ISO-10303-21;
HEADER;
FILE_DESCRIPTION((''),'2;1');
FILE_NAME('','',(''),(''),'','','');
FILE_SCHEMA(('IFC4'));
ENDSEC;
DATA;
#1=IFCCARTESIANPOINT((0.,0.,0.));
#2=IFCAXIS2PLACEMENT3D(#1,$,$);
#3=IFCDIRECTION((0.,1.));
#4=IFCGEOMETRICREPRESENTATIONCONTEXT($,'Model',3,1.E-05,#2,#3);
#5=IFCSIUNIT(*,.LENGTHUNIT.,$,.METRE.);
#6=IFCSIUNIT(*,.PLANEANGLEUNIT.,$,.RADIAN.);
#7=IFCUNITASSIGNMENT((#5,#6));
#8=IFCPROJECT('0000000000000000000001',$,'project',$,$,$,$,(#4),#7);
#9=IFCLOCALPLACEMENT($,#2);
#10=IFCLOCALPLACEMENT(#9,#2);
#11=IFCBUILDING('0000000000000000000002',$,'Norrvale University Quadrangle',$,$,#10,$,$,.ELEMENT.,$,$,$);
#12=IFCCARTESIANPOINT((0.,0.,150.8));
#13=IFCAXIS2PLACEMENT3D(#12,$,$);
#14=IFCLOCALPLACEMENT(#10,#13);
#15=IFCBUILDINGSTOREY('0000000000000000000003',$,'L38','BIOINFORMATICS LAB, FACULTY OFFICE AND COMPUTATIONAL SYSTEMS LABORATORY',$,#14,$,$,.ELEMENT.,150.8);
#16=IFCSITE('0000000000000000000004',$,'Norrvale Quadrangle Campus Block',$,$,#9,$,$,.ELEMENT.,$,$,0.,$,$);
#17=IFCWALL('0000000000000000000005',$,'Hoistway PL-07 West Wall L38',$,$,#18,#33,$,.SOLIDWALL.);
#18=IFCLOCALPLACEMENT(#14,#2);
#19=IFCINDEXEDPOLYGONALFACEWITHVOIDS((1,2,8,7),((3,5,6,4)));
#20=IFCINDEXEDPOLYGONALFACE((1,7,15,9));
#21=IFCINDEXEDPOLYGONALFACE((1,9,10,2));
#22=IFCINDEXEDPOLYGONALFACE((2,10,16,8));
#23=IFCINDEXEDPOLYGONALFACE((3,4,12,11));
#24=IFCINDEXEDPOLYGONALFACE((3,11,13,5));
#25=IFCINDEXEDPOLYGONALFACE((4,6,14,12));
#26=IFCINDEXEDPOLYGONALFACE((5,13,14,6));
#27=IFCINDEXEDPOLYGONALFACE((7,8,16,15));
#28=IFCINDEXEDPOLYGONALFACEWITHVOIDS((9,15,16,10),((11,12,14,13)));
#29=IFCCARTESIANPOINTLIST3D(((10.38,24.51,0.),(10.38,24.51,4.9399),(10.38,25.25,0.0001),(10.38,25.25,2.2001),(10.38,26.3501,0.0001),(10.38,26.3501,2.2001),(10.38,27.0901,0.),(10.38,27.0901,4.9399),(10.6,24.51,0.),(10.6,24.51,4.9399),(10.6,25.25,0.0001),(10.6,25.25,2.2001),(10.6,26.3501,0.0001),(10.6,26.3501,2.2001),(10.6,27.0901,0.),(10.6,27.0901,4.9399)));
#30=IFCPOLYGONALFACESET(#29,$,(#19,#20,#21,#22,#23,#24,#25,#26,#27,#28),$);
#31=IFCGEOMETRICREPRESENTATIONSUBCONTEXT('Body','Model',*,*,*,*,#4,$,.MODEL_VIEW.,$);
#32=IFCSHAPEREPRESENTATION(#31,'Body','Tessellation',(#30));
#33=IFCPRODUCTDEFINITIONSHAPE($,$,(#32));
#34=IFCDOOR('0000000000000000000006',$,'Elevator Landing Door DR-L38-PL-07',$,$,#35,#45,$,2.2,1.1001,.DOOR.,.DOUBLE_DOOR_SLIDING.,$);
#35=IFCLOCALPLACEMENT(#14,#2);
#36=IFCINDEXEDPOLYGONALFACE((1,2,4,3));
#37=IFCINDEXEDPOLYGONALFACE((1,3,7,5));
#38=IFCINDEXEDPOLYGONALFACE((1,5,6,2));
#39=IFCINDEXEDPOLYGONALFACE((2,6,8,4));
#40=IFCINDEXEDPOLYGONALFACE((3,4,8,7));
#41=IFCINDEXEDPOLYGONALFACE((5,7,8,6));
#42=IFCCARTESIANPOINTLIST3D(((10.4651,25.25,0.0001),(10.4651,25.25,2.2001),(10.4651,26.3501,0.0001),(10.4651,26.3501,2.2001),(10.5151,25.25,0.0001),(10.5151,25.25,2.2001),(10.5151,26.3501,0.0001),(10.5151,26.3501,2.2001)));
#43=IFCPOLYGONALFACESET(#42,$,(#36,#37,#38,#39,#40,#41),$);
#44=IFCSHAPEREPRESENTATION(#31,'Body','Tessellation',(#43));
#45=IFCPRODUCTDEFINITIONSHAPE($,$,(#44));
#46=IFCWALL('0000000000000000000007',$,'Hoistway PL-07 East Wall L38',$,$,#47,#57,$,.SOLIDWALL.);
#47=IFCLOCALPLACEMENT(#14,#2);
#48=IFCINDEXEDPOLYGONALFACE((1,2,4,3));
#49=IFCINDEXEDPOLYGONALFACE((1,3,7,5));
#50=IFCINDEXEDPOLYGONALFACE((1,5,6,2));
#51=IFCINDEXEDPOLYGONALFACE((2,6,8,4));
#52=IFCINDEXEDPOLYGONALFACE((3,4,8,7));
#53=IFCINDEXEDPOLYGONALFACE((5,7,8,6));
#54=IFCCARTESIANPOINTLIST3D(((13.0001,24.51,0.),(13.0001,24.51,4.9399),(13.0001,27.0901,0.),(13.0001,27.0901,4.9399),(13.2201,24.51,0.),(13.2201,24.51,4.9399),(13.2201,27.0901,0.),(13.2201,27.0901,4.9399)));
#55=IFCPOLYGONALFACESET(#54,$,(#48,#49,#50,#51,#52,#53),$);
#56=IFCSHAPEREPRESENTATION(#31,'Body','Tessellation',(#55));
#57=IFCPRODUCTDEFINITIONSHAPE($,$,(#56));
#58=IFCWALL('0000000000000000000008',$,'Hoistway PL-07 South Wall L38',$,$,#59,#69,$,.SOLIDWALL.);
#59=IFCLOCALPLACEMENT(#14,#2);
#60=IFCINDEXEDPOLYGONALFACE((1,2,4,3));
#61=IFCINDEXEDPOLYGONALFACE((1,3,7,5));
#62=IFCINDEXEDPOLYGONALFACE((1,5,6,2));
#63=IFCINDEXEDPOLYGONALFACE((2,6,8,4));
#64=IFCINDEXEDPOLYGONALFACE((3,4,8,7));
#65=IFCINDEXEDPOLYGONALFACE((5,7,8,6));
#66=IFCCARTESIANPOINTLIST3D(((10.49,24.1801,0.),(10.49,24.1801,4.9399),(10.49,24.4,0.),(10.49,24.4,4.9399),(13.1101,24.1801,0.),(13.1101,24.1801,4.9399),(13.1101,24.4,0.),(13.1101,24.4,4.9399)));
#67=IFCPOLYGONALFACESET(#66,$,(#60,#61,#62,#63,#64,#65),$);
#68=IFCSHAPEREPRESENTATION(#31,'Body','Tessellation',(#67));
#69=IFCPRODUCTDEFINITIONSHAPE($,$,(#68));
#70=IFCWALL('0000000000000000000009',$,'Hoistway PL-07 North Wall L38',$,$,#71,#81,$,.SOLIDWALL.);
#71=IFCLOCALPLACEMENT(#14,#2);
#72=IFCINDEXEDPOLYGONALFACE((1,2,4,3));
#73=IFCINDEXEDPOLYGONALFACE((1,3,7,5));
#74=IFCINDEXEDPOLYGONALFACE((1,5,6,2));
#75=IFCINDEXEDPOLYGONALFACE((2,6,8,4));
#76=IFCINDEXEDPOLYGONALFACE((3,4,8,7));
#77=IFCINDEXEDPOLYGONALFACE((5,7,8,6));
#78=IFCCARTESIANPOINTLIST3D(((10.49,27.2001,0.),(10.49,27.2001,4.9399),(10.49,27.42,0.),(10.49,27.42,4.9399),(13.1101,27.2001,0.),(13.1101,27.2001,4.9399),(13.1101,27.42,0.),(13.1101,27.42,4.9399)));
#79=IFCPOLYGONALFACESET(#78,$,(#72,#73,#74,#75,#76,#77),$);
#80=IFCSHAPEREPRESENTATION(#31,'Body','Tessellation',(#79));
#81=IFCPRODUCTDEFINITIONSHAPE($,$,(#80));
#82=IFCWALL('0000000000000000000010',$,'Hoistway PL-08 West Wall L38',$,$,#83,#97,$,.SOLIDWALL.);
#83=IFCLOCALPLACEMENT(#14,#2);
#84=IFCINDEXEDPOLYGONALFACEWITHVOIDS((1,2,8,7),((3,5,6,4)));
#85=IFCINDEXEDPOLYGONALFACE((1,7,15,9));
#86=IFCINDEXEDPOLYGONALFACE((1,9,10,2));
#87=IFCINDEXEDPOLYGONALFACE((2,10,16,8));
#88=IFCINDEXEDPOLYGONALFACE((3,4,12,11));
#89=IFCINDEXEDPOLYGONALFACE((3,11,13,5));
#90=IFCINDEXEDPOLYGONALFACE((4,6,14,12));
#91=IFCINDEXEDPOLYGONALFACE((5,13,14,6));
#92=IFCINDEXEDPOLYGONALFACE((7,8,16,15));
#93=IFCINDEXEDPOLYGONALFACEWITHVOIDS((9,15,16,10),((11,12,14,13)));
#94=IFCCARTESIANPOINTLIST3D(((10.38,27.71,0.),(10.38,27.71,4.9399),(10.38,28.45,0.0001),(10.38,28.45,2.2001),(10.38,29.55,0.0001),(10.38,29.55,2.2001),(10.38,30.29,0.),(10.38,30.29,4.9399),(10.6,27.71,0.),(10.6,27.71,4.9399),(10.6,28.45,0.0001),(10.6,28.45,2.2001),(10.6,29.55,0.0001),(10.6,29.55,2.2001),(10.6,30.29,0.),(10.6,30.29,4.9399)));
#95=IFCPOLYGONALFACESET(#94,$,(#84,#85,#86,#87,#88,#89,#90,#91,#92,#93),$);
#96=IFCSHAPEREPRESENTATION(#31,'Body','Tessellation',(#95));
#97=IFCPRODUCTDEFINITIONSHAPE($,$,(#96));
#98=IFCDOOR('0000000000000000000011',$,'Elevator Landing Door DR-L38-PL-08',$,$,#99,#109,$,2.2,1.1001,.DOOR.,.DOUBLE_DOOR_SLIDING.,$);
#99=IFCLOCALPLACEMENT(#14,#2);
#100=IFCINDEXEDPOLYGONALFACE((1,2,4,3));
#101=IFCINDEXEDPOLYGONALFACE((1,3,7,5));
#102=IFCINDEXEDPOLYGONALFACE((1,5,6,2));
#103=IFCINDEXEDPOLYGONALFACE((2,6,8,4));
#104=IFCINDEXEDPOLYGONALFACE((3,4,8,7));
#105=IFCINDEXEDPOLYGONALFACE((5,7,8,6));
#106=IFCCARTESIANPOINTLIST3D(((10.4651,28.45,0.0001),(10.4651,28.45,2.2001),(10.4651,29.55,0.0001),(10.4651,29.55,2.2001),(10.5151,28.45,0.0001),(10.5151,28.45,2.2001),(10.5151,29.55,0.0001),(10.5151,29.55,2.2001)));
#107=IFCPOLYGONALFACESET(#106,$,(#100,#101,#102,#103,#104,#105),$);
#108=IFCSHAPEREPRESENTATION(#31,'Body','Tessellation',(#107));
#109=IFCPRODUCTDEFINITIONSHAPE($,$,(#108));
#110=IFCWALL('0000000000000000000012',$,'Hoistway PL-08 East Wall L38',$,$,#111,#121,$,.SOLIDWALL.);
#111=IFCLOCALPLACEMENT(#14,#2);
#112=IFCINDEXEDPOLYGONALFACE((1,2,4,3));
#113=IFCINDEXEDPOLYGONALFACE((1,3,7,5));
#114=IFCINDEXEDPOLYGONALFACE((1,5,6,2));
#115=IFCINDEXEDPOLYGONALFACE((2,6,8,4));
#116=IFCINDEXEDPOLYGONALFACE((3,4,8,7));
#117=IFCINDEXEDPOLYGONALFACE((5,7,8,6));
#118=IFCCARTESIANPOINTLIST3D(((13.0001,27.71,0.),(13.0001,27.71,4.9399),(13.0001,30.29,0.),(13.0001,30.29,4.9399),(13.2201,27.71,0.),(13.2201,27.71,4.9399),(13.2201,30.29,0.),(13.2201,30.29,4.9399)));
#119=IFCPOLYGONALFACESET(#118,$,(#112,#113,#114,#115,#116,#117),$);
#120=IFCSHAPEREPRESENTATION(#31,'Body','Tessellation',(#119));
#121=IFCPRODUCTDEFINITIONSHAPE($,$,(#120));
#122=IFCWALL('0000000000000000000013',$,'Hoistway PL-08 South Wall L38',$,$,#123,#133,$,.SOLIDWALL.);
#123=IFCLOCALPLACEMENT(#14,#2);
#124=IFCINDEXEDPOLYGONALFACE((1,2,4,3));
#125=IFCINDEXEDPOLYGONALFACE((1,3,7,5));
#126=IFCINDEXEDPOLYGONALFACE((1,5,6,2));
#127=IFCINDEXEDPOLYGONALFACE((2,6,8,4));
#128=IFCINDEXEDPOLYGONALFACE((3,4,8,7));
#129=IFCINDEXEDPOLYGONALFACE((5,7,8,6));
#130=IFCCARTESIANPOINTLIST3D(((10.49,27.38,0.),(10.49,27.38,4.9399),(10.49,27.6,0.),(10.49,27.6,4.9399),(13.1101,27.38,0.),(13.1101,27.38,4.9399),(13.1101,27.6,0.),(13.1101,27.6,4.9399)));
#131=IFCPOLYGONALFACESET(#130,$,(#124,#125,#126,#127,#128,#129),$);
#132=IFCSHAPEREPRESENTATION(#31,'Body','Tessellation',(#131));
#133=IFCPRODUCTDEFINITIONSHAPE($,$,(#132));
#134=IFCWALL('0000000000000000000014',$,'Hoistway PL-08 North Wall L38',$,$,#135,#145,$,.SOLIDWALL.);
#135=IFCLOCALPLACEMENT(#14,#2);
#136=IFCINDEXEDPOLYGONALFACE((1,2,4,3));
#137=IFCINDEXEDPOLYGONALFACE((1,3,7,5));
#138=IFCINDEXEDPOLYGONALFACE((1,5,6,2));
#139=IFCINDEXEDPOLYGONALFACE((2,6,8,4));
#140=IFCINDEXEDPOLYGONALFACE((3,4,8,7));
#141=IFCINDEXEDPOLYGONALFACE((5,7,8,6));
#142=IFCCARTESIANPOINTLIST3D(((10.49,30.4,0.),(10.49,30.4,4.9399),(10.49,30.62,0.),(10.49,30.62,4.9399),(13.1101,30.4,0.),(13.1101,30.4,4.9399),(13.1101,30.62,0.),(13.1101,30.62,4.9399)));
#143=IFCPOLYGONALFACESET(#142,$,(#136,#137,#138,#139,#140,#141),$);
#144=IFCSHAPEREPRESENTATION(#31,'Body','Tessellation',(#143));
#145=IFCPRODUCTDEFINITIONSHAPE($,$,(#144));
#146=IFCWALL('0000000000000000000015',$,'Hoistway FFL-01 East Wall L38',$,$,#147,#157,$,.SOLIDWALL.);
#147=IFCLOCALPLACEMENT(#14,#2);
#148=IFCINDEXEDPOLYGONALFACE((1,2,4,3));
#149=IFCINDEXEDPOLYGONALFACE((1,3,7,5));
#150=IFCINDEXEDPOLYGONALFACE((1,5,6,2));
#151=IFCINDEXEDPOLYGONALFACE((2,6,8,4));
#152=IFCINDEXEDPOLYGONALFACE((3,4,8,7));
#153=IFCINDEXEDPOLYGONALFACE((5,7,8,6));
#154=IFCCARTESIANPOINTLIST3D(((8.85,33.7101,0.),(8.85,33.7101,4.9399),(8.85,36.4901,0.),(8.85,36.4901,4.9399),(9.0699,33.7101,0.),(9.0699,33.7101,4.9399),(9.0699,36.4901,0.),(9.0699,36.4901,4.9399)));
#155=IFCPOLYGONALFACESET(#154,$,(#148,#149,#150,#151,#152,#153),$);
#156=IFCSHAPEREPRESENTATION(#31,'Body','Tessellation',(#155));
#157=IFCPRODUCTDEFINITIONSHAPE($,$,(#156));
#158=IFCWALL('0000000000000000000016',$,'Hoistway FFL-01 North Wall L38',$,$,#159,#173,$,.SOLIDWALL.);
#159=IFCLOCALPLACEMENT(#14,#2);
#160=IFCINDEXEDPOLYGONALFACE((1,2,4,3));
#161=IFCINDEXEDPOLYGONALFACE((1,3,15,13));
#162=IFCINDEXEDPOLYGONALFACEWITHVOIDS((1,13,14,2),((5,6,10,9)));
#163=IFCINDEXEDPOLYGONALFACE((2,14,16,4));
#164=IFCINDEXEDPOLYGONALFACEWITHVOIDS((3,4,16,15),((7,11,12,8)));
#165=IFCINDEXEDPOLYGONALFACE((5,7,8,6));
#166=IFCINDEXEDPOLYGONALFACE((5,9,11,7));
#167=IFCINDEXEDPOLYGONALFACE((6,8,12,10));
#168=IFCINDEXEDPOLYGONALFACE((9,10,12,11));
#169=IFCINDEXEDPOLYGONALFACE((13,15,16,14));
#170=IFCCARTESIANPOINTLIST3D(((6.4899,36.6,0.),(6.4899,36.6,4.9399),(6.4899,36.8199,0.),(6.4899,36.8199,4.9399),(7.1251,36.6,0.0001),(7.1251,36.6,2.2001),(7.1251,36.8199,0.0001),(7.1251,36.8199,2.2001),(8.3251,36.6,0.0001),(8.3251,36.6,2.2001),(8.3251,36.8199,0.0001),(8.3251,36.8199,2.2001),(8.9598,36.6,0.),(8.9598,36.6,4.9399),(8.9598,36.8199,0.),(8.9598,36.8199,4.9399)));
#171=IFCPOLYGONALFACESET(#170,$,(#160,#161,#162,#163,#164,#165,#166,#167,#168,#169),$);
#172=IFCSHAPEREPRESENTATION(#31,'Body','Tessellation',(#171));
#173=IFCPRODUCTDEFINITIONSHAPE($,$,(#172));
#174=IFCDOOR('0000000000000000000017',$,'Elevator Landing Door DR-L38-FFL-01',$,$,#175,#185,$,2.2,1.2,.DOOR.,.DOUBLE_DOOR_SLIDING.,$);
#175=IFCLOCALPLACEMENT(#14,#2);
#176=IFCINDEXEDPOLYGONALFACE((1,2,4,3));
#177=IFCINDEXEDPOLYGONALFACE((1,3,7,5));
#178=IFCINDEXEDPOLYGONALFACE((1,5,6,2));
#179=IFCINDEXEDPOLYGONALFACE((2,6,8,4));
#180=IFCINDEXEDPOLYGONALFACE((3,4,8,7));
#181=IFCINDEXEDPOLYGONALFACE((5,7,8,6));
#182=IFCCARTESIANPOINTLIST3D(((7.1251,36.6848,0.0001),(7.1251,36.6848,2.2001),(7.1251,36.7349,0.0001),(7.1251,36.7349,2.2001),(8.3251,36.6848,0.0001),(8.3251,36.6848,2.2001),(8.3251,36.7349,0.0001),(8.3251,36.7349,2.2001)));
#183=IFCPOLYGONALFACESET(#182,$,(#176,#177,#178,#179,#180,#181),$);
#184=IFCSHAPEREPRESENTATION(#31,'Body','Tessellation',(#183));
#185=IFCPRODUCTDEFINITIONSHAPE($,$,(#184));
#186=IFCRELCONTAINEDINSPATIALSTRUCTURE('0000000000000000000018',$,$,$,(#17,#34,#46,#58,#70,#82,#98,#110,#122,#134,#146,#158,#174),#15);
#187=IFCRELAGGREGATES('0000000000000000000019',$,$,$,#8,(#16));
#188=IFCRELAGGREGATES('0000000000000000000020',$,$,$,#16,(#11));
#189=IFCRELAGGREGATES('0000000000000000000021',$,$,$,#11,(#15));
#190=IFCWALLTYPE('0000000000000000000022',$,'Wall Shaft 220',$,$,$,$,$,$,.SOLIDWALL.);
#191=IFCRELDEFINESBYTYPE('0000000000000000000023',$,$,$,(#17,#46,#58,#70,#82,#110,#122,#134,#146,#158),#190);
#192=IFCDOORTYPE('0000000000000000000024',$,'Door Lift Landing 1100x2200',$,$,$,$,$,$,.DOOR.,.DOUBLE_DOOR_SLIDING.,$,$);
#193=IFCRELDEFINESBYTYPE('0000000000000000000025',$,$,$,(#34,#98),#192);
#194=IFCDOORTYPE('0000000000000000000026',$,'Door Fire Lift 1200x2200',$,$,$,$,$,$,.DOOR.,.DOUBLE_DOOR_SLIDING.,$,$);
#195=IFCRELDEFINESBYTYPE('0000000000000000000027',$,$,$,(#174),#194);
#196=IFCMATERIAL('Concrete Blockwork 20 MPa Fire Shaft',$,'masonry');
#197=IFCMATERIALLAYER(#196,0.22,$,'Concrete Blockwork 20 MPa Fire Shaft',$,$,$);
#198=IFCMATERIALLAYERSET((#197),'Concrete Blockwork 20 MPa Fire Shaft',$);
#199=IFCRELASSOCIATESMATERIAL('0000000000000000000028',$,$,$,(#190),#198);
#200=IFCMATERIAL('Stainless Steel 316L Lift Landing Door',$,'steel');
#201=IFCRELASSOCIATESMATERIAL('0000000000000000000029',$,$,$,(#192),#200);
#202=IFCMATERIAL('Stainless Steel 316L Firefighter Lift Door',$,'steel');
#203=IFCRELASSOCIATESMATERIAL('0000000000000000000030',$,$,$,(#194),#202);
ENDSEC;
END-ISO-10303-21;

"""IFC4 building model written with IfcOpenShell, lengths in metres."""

from ifc_helpers import new_model, si_unit, direction, frame, frame_2d, origin, place, context, subcontext, project, spatial, rectangle, extrude, material, layer, layer_set, type_object, element, fill, save


model = new_model("IFC4")

# Units and contexts
model_context = context("Model", 3, precision=1e-05, world=origin(), true_north=direction((0.0, 1.0)))
body_context = subcontext(model_context, "Body", "Model", "MODEL_VIEW")
ifc_project = project(units=[si_unit("LENGTHUNIT", "METRE"), si_unit("PLANEANGLEUNIT", "RADIAN")], contexts=[model_context])

# Site, building, storey
site_placement = place(None, origin())
site = spatial("IfcSite", under=ifc_project, at=site_placement, Name="Norrvale Quadrangle Campus Block", CompositionType="ELEMENT", RefElevation=0.0)
building_placement = place(site_placement, origin())
building = spatial("IfcBuilding", under=site, at=building_placement, Name="Norrvale University Quadrangle", CompositionType="ELEMENT")
storey_placement = place(building_placement, frame((0.0, 0.0, 150.8)))
storey = spatial("IfcBuildingStorey", under=building, at=storey_placement, Name="L38", Description="BIOINFORMATICS LAB, FACULTY OFFICE AND COMPUTATIONAL SYSTEMS LABORATORY", CompositionType="ELEMENT", Elevation=150.8)

# Shared definitions
ifc_material_1 = material(Name="Concrete Blockwork 20 MPa Fire Shaft", Category="masonry")
ifc_layer_1 = layer(ifc_material_1, 0.22, Name="Concrete Blockwork 20 MPa Fire Shaft")
ifc_layer_set_1 = layer_set([ifc_layer_1], Name="Concrete Blockwork 20 MPa Fire Shaft")
wall_type_1 = type_object("IfcWallType", Name="Wall Shaft 220", PredefinedType="SOLIDWALL", material=ifc_layer_set_1)
ifc_material_2 = material(Name="Stainless Steel 316L Lift Landing Door", Category="steel")
door_type_1 = type_object("IfcDoorType", Name="Door Lift Landing 1100x2200", OperationType="DOUBLE_DOOR_SLIDING", PredefinedType="DOOR", material=ifc_material_2)

# Wall, opening, door
wall_1_placement = place(storey_placement, frame((10.49, 24.51, 0.0), z_axis=(0.0, 0.0, 1.0), x_axis=(0.0, 1.0, 0.0)))
wall_1 = element("IfcWall", 1, at=wall_1_placement, inside=storey, type_object=wall_type_1, Name="Hoistway PL-07 West Wall L38", PredefinedType="SOLIDWALL", context=body_context, shape_type="SweptSolid", body=[
    extrude(rectangle(XDim=2.5801, YDim=0.22, at=frame_2d((1.29, 0.0))), origin(), (0.0, 0.0, 1.0), 4.9399),
])
opening_1_placement = place(wall_1_placement, frame((0.74, 0.0, 0.0)))
opening_1 = element("IfcOpeningElement", 2, at=opening_1_placement, cuts=wall_1, PredefinedType="OPENING", context=body_context, shape_type="SweptSolid", body=[
    extrude(rectangle(XDim=1.1001, YDim=2.2, at=frame_2d((0.55, 1.1001))), frame((0.0, 0.1221, 0.0), z_axis=(0.0, -1.0, 0.0), x_axis=(1.0, 0.0, 0.0)), (0.0, 0.0, 1.0), 0.2439),
])
door_1_placement = place(opening_1_placement, origin())
door_1 = element("IfcDoor", 3, at=door_1_placement, inside=storey, type_object=door_type_1, Name="Elevator Landing Door DR-L38-PL-07", OperationType="DOUBLE_DOOR_SLIDING", OverallHeight=2.2, OverallWidth=1.1001, PredefinedType="DOOR", context=body_context, shape_type="SweptSolid", body=[
    extrude(rectangle(XDim=1.1001, YDim=2.2, at=frame_2d((0.55, 1.1001))), frame((0.0, 0.0249, 0.0), z_axis=(0.0, -1.0, 0.0), x_axis=(1.0, 0.0, 0.0)), (0.0, 0.0, 1.0), 0.05),
])
fill(opening_1, door_1)

# Walls
wall_2_placement = place(storey_placement, frame((13.1101, 24.51, 0.0), z_axis=(0.0, 0.0, 1.0), x_axis=(0.0, 1.0, 0.0)))
element("IfcWall", 4, at=wall_2_placement, inside=storey, type_object=wall_type_1, Name="Hoistway PL-07 East Wall L38", PredefinedType="SOLIDWALL", context=body_context, shape_type="SweptSolid", body=[
    extrude(rectangle(XDim=2.5801, YDim=0.22, at=frame_2d((1.29, 0.0))), origin(), (0.0, 0.0, 1.0), 4.9399),
])
for number, where, z_axis, x_axis, name in (
    (5, (10.49, 24.29, 0.0), (0.0, 0.0, 1.0), (1.0, 0.0, 0.0), "Hoistway PL-07 South Wall L38"),
    (6, (10.49, 27.3101, 0.0), (0.0, 0.0, 1.0), (1.0, 0.0, 0.0), "Hoistway PL-07 North Wall L38"),
):
    element("IfcWall", number, at=place(storey_placement, frame(where, z_axis=z_axis, x_axis=x_axis)), inside=storey, type_object=wall_type_1, Name=name, PredefinedType="SOLIDWALL", context=body_context, shape_type="SweptSolid", body=[
        extrude(rectangle(XDim=2.6201, YDim=0.22, at=frame_2d((1.3101, 0.0))), origin(), (0.0, 0.0, 1.0), 4.9399),
    ])

# Wall, opening, door
wall_3_placement = place(storey_placement, frame((10.49, 27.71, 0.0), z_axis=(0.0, 0.0, 1.0), x_axis=(0.0, 1.0, 0.0)))
wall_3 = element("IfcWall", 7, at=wall_3_placement, inside=storey, type_object=wall_type_1, Name="Hoistway PL-08 West Wall L38", PredefinedType="SOLIDWALL", context=body_context, shape_type="SweptSolid", body=[
    extrude(rectangle(XDim=2.5801, YDim=0.22, at=frame_2d((1.29, 0.0))), origin(), (0.0, 0.0, 1.0), 4.9399),
])
opening_2_placement = place(wall_3_placement, frame((0.74, 0.0, 0.0)))
opening_2 = element("IfcOpeningElement", 8, at=opening_2_placement, cuts=wall_3, PredefinedType="OPENING", context=body_context, shape_type="SweptSolid", body=[
    extrude(rectangle(XDim=1.1001, YDim=2.2, at=frame_2d((0.55, 1.1001))), frame((0.0, 0.1221, 0.0), z_axis=(0.0, -1.0, 0.0), x_axis=(1.0, 0.0, 0.0)), (0.0, 0.0, 1.0), 0.2439),
])
door_2_placement = place(opening_2_placement, origin())
door_2 = element("IfcDoor", 9, at=door_2_placement, inside=storey, type_object=door_type_1, Name="Elevator Landing Door DR-L38-PL-08", OperationType="DOUBLE_DOOR_SLIDING", OverallHeight=2.2, OverallWidth=1.1001, PredefinedType="DOOR", context=body_context, shape_type="SweptSolid", body=[
    extrude(rectangle(XDim=1.1001, YDim=2.2, at=frame_2d((0.55, 1.1001))), frame((0.0, 0.0249, 0.0), z_axis=(0.0, -1.0, 0.0), x_axis=(1.0, 0.0, 0.0)), (0.0, 0.0, 1.0), 0.05),
])
fill(opening_2, door_2)

# Walls
wall_4_placement = place(storey_placement, frame((13.1101, 27.71, 0.0), z_axis=(0.0, 0.0, 1.0), x_axis=(0.0, 1.0, 0.0)))
element("IfcWall", 10, at=wall_4_placement, inside=storey, type_object=wall_type_1, Name="Hoistway PL-08 East Wall L38", PredefinedType="SOLIDWALL", context=body_context, shape_type="SweptSolid", body=[
    extrude(rectangle(XDim=2.5801, YDim=0.22, at=frame_2d((1.29, 0.0))), origin(), (0.0, 0.0, 1.0), 4.9399),
])
for number, where, z_axis, x_axis, name in (
    (11, (10.49, 27.49, 0.0), (0.0, 0.0, 1.0), (1.0, 0.0, 0.0), "Hoistway PL-08 South Wall L38"),
    (12, (10.49, 30.51, 0.0), (0.0, 0.0, 1.0), (1.0, 0.0, 0.0), "Hoistway PL-08 North Wall L38"),
):
    element("IfcWall", number, at=place(storey_placement, frame(where, z_axis=z_axis, x_axis=x_axis)), inside=storey, type_object=wall_type_1, Name=name, PredefinedType="SOLIDWALL", context=body_context, shape_type="SweptSolid", body=[
        extrude(rectangle(XDim=2.6201, YDim=0.22, at=frame_2d((1.3101, 0.0))), origin(), (0.0, 0.0, 1.0), 4.9399),
    ])
wall_5_placement = place(storey_placement, frame((8.96, 33.71, 0.0), z_axis=(0.0, 0.0, 1.0), x_axis=(0.0, 1.0, 0.0)))
element("IfcWall", 13, at=wall_5_placement, inside=storey, type_object=wall_type_1, Name="Hoistway FFL-01 East Wall L38", PredefinedType="SOLIDWALL", context=body_context, shape_type="SweptSolid", body=[
    extrude(rectangle(XDim=2.78, YDim=0.22, at=frame_2d((1.3901, 0.0))), origin(), (0.0, 0.0, 1.0), 4.9399),
])

# Wall, opening, door
wall_6_placement = place(storey_placement, frame((6.49, 36.71, 0.0), z_axis=(0.0, 0.0, 1.0), x_axis=(1.0, 0.0, 0.0)))
wall_6 = element("IfcWall", 14, at=wall_6_placement, inside=storey, type_object=wall_type_1, Name="Hoistway FFL-01 North Wall L38", PredefinedType="SOLIDWALL", context=body_context, shape_type="SweptSolid", body=[
    extrude(rectangle(XDim=2.47, YDim=0.22, at=frame_2d((1.2349, 0.0))), origin(), (0.0, 0.0, 1.0), 4.9399),
])
opening_3_placement = place(wall_6_placement, frame((0.635, 0.0, 0.0)))
opening_3 = element("IfcOpeningElement", 15, at=opening_3_placement, cuts=wall_6, PredefinedType="OPENING", context=body_context, shape_type="SweptSolid", body=[
    extrude(rectangle(XDim=1.2, YDim=2.2, at=frame_2d((0.6001, 1.1001))), frame((0.0, 0.1221, 0.0), z_axis=(0.0, -1.0, 0.0), x_axis=(1.0, 0.0, 0.0)), (0.0, 0.0, 1.0), 0.2439),
])
ifc_material_3 = material(Name="Stainless Steel 316L Firefighter Lift Door", Category="steel")
door_type_2 = type_object("IfcDoorType", Name="Door Fire Lift 1200x2200", OperationType="DOUBLE_DOOR_SLIDING", PredefinedType="DOOR", material=ifc_material_3)
door_3_placement = place(opening_3_placement, origin())
door_3 = element("IfcDoor", 16, at=door_3_placement, inside=storey, type_object=door_type_2, Name="Elevator Landing Door DR-L38-FFL-01", OperationType="DOUBLE_DOOR_SLIDING", OverallHeight=2.2, OverallWidth=1.2, PredefinedType="DOOR", context=body_context, shape_type="SweptSolid", body=[
    extrude(rectangle(XDim=1.2, YDim=2.2, at=frame_2d((0.6001, 1.1001))), frame((0.0, 0.0249, 0.0), z_axis=(0.0, -1.0, 0.0), x_axis=(1.0, 0.0, 0.0)), (0.0, 0.0, 1.0), 0.05),
])
fill(opening_3, door_3)

save(model, "model.ifc")
